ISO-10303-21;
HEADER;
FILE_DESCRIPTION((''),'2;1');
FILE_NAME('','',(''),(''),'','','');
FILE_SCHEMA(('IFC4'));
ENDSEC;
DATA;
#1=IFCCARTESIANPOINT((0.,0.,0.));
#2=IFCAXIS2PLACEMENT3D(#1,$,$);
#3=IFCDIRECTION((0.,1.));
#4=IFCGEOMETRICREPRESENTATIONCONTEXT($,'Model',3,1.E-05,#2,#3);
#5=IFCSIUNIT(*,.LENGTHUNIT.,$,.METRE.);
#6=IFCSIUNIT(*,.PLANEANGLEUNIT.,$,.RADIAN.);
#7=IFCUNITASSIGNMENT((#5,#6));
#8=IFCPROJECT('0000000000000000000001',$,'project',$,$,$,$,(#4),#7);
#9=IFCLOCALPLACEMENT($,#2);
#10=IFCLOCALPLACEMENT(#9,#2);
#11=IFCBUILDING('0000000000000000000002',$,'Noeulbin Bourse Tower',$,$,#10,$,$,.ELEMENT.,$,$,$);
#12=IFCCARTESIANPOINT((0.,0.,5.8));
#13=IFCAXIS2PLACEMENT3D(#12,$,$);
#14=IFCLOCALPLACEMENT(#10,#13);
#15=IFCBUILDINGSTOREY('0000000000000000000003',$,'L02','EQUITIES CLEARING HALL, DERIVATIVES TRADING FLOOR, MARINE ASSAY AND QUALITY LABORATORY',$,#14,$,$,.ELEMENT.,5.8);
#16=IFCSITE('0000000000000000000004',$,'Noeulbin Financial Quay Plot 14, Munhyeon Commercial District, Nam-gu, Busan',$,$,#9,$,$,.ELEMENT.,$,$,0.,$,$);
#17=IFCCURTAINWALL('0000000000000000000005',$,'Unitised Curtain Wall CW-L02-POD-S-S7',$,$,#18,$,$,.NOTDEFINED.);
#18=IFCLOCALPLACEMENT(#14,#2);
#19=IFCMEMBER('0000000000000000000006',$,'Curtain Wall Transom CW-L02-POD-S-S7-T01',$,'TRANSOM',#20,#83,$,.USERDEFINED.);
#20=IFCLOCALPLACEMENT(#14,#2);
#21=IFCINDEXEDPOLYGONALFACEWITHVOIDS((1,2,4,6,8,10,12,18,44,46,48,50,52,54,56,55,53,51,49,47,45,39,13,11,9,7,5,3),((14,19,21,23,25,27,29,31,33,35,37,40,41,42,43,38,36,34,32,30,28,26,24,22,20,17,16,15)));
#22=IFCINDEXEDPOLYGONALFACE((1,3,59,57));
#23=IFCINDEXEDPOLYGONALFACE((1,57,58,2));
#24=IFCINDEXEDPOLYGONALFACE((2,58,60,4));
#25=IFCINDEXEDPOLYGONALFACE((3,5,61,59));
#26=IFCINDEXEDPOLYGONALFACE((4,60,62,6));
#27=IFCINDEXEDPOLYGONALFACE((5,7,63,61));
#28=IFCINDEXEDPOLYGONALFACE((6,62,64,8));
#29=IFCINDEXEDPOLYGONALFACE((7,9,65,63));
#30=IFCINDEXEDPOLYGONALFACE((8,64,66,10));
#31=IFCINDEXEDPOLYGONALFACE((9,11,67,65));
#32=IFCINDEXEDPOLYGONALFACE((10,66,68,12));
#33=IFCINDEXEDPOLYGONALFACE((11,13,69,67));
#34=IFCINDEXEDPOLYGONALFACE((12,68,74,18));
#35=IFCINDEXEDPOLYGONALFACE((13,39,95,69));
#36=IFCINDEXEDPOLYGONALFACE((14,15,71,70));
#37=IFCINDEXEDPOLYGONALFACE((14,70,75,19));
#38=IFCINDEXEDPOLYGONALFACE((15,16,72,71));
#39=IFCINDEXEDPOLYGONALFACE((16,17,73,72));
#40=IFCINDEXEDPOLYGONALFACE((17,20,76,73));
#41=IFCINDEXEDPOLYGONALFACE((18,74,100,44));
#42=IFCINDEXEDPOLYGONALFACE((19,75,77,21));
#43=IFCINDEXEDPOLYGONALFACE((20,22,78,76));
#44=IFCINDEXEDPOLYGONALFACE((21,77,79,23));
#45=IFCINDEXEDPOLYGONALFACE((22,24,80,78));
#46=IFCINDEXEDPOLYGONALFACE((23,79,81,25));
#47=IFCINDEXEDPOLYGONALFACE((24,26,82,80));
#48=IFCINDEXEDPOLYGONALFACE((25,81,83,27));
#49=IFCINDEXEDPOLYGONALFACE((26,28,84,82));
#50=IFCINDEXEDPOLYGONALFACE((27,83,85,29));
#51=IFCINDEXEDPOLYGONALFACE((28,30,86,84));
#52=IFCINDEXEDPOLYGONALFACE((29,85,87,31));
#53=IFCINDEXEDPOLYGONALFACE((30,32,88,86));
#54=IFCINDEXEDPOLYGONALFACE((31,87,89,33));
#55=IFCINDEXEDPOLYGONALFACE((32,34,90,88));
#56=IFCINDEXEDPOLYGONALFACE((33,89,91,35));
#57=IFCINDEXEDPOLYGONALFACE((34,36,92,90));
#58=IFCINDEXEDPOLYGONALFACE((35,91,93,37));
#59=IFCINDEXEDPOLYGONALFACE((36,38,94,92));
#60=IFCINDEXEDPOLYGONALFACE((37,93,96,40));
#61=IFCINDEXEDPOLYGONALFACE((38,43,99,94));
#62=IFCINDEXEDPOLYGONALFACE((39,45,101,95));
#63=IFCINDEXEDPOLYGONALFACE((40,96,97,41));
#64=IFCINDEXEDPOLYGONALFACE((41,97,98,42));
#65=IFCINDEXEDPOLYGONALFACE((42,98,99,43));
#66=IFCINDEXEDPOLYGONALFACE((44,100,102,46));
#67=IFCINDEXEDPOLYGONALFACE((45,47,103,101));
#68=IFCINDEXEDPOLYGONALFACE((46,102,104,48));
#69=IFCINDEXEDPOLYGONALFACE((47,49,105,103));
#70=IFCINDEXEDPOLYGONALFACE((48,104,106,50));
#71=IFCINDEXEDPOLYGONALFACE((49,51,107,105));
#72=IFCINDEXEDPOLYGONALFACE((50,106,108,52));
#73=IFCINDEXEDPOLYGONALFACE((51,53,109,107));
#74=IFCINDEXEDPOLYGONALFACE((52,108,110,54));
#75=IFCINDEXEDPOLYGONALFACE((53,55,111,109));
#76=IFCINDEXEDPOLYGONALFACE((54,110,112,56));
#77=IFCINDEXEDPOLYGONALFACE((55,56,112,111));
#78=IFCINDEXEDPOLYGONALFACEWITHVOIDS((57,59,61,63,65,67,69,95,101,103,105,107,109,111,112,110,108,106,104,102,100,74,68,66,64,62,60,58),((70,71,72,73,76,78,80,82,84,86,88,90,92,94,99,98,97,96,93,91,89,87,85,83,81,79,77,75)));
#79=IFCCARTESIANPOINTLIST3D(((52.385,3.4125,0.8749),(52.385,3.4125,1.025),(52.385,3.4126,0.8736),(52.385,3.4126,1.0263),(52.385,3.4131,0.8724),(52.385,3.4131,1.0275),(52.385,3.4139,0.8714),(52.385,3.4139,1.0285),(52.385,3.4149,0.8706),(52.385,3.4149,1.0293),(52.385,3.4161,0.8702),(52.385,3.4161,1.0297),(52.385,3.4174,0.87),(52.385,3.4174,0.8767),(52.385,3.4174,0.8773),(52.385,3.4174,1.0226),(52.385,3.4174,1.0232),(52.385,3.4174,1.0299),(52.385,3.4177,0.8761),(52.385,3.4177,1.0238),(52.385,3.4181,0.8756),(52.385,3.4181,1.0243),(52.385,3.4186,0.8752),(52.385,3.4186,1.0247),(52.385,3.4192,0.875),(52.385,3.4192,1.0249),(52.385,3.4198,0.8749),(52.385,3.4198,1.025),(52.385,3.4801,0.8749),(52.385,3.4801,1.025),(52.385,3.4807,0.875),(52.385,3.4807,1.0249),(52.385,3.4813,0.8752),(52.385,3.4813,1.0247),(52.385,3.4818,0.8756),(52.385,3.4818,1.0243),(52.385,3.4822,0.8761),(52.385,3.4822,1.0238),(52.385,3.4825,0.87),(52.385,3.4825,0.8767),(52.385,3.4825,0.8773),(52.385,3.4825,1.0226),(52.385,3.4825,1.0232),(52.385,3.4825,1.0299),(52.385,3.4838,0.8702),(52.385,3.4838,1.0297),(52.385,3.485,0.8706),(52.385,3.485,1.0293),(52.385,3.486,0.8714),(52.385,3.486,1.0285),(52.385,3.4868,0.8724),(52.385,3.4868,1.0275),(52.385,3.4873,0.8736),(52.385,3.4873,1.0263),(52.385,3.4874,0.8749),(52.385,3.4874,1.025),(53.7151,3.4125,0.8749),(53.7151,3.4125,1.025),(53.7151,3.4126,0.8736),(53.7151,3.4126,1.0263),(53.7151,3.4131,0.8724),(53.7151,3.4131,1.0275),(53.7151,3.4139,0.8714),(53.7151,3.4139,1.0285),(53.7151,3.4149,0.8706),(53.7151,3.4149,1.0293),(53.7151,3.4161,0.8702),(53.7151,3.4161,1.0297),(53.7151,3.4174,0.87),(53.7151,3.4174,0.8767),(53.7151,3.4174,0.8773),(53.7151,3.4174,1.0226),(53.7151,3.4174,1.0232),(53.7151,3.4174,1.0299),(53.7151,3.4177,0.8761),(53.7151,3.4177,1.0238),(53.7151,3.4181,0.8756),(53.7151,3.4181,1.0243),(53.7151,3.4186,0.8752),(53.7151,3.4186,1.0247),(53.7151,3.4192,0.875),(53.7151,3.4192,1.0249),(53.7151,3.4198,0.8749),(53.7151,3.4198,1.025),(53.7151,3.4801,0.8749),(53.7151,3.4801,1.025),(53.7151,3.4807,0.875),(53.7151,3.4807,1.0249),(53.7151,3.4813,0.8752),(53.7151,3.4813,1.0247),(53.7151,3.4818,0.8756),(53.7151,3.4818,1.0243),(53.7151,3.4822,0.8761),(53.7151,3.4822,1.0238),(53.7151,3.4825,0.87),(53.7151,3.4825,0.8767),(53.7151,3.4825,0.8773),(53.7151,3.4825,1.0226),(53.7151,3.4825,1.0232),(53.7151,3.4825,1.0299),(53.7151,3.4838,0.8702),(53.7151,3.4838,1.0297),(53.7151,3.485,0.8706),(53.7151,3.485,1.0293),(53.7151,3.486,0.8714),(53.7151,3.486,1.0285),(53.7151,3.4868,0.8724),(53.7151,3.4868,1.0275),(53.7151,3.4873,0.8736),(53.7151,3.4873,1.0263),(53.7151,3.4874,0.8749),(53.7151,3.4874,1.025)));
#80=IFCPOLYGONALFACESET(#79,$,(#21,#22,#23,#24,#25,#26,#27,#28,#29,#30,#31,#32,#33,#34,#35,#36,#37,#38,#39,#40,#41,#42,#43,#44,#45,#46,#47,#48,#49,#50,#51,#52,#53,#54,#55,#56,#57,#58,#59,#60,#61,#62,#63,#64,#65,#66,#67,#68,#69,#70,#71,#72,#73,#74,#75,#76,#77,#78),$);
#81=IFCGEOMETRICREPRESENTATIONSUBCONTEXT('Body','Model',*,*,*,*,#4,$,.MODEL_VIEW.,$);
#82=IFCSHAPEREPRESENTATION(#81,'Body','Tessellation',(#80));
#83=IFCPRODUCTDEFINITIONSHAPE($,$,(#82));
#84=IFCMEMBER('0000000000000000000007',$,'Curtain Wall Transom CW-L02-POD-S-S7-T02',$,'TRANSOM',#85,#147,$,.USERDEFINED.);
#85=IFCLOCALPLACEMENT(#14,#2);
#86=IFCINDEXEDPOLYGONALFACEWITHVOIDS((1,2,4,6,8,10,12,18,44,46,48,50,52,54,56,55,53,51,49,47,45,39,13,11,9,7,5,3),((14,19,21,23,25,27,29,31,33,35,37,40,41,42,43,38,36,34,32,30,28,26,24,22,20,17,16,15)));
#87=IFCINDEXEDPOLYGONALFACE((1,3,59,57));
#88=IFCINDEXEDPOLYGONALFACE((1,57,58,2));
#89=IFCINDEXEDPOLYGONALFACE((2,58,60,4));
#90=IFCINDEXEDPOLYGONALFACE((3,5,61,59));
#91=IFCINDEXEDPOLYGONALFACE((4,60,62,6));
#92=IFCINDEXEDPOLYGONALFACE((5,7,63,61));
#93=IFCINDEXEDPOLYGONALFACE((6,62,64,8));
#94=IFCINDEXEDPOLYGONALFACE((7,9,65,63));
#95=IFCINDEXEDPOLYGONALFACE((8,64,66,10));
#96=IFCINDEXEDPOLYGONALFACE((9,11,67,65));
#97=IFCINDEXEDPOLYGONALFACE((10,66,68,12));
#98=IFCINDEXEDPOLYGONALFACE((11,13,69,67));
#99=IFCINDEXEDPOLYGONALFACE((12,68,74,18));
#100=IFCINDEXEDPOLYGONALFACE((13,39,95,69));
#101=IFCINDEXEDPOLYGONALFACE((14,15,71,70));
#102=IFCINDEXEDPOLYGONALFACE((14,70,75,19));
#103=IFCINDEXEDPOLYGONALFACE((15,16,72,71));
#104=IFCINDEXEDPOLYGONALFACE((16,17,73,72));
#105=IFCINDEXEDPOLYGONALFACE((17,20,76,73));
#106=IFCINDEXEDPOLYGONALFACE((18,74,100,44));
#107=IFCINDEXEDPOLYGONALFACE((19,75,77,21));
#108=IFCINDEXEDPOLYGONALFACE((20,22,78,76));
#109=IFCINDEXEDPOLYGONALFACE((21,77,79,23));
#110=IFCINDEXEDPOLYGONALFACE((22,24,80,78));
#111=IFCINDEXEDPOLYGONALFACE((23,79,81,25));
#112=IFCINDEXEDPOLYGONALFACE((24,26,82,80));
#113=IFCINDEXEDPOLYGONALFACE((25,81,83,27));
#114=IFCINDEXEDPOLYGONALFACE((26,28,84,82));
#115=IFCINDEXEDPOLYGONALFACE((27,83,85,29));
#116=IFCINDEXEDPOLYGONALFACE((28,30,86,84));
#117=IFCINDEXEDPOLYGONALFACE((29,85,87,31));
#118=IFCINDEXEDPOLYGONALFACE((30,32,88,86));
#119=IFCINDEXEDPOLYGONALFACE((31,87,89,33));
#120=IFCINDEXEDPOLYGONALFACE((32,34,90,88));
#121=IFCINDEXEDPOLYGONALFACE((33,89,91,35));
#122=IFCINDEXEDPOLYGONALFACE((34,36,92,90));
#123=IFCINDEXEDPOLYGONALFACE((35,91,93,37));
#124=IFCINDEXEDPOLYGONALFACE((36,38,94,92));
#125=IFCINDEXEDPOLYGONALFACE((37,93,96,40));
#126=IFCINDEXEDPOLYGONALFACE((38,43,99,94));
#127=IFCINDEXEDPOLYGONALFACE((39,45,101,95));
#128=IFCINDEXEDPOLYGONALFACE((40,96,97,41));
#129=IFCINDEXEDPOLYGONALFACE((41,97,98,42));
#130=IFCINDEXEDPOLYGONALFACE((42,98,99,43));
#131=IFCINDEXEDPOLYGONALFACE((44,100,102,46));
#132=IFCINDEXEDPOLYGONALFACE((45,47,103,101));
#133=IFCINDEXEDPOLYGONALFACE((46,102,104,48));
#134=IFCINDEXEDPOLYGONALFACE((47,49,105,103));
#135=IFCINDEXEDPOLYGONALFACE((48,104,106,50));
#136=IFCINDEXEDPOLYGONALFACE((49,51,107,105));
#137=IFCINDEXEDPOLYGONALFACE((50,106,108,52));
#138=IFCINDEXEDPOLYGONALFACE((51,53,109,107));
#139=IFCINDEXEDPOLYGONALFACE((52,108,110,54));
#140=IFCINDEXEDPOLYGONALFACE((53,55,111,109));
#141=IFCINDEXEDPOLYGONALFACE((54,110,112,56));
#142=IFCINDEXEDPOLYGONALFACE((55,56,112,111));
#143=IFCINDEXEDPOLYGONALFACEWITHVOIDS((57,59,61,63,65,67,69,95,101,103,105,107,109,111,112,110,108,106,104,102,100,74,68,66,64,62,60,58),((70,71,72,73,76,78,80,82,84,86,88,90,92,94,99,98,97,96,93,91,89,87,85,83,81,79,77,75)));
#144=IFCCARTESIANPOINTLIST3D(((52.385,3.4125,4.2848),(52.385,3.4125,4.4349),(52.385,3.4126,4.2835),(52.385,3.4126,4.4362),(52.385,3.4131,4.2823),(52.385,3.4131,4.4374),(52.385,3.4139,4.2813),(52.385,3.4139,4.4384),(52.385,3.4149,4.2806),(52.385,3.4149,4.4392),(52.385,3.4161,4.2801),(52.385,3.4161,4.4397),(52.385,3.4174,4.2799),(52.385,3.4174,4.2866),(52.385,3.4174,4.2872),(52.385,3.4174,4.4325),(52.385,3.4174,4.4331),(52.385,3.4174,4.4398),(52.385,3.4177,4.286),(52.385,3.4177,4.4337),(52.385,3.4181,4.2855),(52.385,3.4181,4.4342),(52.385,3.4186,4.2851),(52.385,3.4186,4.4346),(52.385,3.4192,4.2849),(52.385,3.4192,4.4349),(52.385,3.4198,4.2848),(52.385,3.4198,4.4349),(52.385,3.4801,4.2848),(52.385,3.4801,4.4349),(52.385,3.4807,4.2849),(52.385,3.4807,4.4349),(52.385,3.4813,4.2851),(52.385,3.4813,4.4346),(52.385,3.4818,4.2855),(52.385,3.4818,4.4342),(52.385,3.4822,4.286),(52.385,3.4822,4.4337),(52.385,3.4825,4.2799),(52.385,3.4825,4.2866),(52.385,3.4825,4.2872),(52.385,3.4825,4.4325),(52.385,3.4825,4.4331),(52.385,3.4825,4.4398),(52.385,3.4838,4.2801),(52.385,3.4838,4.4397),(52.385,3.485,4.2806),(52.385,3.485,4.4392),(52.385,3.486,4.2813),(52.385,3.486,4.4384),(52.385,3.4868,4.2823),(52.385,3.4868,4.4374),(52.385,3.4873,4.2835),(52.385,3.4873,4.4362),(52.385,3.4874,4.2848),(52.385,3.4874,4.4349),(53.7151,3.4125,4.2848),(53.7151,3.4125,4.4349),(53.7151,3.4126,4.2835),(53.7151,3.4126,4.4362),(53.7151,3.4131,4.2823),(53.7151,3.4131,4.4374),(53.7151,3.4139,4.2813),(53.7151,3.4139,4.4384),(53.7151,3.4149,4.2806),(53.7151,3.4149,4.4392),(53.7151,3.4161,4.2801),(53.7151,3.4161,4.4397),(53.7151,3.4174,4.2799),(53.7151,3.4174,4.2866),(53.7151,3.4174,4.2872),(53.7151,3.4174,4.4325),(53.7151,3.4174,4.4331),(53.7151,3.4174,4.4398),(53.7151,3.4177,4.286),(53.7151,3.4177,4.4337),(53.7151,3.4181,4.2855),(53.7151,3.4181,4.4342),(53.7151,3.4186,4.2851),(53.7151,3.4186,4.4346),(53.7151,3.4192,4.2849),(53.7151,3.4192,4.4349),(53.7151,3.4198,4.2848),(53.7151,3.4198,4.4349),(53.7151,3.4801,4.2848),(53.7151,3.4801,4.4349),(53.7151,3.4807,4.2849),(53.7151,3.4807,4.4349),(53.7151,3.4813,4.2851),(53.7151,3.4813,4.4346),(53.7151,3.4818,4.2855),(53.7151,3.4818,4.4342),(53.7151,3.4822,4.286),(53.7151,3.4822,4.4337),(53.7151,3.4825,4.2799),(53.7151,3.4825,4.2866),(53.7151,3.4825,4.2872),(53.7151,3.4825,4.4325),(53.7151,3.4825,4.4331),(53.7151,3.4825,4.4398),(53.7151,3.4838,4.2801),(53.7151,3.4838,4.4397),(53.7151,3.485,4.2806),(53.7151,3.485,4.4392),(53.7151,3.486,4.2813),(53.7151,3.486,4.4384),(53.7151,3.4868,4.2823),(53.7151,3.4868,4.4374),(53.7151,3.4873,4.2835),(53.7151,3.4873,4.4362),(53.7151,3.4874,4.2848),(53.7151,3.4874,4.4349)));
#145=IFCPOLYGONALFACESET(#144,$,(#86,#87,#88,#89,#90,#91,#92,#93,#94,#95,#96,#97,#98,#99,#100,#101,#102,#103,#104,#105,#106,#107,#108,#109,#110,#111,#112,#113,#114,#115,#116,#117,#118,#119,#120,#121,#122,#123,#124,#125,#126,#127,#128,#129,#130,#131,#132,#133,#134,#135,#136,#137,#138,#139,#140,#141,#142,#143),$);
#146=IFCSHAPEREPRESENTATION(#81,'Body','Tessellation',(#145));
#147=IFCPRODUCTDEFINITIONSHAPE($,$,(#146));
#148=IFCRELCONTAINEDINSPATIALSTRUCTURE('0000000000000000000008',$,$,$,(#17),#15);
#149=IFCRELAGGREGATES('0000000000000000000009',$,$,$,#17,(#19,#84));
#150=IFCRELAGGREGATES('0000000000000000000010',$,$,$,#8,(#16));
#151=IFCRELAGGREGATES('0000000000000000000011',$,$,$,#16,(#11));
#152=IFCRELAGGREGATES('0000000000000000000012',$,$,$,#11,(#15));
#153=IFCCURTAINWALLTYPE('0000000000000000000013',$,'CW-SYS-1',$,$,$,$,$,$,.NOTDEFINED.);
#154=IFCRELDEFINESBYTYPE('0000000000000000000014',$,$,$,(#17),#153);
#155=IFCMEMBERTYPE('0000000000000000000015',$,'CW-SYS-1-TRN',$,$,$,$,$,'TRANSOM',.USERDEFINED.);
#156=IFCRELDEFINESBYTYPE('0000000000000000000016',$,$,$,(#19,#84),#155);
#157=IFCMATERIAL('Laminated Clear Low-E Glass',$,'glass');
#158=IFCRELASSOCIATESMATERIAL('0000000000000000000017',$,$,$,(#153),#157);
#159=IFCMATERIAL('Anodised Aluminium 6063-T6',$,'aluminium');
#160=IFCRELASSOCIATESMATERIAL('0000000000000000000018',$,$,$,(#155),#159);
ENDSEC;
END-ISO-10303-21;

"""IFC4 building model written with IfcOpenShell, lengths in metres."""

from ifc_helpers import new_model, si_unit, direction, frame, origin, origin_2d, place, context, subcontext, project, spatial, hollow_rectangle, extrude, material, material_profile, profile_set, type_object, element, aggregate, save


model = new_model("IFC4")

# Units and contexts
model_context = context("Model", 3, precision=1e-05, world=origin(), true_north=direction((0.0, 1.0)))
body_context = subcontext(model_context, "Body", "Model", "MODEL_VIEW")
ifc_project = project(units=[si_unit("LENGTHUNIT", "METRE"), si_unit("PLANEANGLEUNIT", "RADIAN")], contexts=[model_context])

# Site, building, storey
site_placement = place(None, origin())
site = spatial("IfcSite", under=ifc_project, at=site_placement, Name="Noeulbin Financial Quay Plot 14, Munhyeon Commercial District, Nam-gu, Busan", CompositionType="ELEMENT", RefElevation=0.0)
building_placement = place(site_placement, origin())
building = spatial("IfcBuilding", under=site, at=building_placement, Name="Noeulbin Bourse Tower", CompositionType="ELEMENT")
storey_placement = place(building_placement, frame((0.0, 0.0, 5.8)))
storey = spatial("IfcBuildingStorey", under=building, at=storey_placement, Name="L02", Description="EQUITIES CLEARING HALL, DERIVATIVES TRADING FLOOR, MARINE ASSAY AND QUALITY LABORATORY", CompositionType="ELEMENT", Elevation=5.8)

# Shared definitions
ifc_material_1 = material(Name="Laminated Clear Low-E Glass", Category="glass")
curtain_wall_type = type_object("IfcCurtainWallType", Name="CW-SYS-1", PredefinedType="NOTDEFINED", material=ifc_material_1)
ifc_material_2 = material(Name="Anodised Aluminium 6063-T6", Category="aluminium")

# Curtain wall
curtain_wall_1_placement = place(storey_placement, origin())
curtain_wall_1 = element("IfcCurtainWall", 1, at=curtain_wall_1_placement, inside=storey, type_object=curtain_wall_type, Name="Unitised Curtain Wall CW-L02-POD-S-S7", PredefinedType="NOTDEFINED")

# Members
ifc_material_profile_1 = material_profile(ifc_material_2, hollow_rectangle(XDim=0.075, YDim=0.1599, WallThickness=0.0049, InnerFilletRadius=0.0024, OuterFilletRadius=0.0049, at=origin_2d()), Name="ALU-TRAN-75x160x5", Category="LoadBearing")
ifc_profile_set_1 = profile_set([ifc_material_profile_1], Name="Anodised Aluminium 6063-T6")
member_type_1 = type_object("IfcMemberType", Name="CW-SYS-1-TRN", ElementType="TRANSOM", PredefinedType="USERDEFINED", material=ifc_profile_set_1)
member_1_placement = place(storey_placement, frame((52.385, 3.45, 0.95), z_axis=(1.0, 0.0, 0.0), x_axis=(0.0, 1.0, 0.0)))
member_1 = element("IfcMember", 2, at=member_1_placement, type_object=member_type_1, Name="Curtain Wall Transom CW-L02-POD-S-S7-T01", ObjectType="TRANSOM", PredefinedType="USERDEFINED", context=body_context, shape_type="SweptSolid", body=[
    extrude(hollow_rectangle(XDim=0.075, YDim=0.1599, WallThickness=0.0049, InnerFilletRadius=0.0024, OuterFilletRadius=0.0049, at=origin_2d()), origin(), (0.0, 0.0, 1.0), 1.3301),
])
member_2_placement = place(storey_placement, frame((52.385, 3.45, 4.3599), z_axis=(1.0, 0.0, 0.0), x_axis=(0.0, 1.0, 0.0)))
member_2 = element("IfcMember", 3, at=member_2_placement, type_object=member_type_1, Name="Curtain Wall Transom CW-L02-POD-S-S7-T02", ObjectType="TRANSOM", PredefinedType="USERDEFINED", context=body_context, shape_type="SweptSolid", body=[
    extrude(hollow_rectangle(XDim=0.075, YDim=0.1599, WallThickness=0.0049, InnerFilletRadius=0.0024, OuterFilletRadius=0.0049, at=origin_2d()), origin(), (0.0, 0.0, 1.0), 1.3301),
])

aggregate(curtain_wall_1, [member_1, member_2])

save(model, "model.ifc")
